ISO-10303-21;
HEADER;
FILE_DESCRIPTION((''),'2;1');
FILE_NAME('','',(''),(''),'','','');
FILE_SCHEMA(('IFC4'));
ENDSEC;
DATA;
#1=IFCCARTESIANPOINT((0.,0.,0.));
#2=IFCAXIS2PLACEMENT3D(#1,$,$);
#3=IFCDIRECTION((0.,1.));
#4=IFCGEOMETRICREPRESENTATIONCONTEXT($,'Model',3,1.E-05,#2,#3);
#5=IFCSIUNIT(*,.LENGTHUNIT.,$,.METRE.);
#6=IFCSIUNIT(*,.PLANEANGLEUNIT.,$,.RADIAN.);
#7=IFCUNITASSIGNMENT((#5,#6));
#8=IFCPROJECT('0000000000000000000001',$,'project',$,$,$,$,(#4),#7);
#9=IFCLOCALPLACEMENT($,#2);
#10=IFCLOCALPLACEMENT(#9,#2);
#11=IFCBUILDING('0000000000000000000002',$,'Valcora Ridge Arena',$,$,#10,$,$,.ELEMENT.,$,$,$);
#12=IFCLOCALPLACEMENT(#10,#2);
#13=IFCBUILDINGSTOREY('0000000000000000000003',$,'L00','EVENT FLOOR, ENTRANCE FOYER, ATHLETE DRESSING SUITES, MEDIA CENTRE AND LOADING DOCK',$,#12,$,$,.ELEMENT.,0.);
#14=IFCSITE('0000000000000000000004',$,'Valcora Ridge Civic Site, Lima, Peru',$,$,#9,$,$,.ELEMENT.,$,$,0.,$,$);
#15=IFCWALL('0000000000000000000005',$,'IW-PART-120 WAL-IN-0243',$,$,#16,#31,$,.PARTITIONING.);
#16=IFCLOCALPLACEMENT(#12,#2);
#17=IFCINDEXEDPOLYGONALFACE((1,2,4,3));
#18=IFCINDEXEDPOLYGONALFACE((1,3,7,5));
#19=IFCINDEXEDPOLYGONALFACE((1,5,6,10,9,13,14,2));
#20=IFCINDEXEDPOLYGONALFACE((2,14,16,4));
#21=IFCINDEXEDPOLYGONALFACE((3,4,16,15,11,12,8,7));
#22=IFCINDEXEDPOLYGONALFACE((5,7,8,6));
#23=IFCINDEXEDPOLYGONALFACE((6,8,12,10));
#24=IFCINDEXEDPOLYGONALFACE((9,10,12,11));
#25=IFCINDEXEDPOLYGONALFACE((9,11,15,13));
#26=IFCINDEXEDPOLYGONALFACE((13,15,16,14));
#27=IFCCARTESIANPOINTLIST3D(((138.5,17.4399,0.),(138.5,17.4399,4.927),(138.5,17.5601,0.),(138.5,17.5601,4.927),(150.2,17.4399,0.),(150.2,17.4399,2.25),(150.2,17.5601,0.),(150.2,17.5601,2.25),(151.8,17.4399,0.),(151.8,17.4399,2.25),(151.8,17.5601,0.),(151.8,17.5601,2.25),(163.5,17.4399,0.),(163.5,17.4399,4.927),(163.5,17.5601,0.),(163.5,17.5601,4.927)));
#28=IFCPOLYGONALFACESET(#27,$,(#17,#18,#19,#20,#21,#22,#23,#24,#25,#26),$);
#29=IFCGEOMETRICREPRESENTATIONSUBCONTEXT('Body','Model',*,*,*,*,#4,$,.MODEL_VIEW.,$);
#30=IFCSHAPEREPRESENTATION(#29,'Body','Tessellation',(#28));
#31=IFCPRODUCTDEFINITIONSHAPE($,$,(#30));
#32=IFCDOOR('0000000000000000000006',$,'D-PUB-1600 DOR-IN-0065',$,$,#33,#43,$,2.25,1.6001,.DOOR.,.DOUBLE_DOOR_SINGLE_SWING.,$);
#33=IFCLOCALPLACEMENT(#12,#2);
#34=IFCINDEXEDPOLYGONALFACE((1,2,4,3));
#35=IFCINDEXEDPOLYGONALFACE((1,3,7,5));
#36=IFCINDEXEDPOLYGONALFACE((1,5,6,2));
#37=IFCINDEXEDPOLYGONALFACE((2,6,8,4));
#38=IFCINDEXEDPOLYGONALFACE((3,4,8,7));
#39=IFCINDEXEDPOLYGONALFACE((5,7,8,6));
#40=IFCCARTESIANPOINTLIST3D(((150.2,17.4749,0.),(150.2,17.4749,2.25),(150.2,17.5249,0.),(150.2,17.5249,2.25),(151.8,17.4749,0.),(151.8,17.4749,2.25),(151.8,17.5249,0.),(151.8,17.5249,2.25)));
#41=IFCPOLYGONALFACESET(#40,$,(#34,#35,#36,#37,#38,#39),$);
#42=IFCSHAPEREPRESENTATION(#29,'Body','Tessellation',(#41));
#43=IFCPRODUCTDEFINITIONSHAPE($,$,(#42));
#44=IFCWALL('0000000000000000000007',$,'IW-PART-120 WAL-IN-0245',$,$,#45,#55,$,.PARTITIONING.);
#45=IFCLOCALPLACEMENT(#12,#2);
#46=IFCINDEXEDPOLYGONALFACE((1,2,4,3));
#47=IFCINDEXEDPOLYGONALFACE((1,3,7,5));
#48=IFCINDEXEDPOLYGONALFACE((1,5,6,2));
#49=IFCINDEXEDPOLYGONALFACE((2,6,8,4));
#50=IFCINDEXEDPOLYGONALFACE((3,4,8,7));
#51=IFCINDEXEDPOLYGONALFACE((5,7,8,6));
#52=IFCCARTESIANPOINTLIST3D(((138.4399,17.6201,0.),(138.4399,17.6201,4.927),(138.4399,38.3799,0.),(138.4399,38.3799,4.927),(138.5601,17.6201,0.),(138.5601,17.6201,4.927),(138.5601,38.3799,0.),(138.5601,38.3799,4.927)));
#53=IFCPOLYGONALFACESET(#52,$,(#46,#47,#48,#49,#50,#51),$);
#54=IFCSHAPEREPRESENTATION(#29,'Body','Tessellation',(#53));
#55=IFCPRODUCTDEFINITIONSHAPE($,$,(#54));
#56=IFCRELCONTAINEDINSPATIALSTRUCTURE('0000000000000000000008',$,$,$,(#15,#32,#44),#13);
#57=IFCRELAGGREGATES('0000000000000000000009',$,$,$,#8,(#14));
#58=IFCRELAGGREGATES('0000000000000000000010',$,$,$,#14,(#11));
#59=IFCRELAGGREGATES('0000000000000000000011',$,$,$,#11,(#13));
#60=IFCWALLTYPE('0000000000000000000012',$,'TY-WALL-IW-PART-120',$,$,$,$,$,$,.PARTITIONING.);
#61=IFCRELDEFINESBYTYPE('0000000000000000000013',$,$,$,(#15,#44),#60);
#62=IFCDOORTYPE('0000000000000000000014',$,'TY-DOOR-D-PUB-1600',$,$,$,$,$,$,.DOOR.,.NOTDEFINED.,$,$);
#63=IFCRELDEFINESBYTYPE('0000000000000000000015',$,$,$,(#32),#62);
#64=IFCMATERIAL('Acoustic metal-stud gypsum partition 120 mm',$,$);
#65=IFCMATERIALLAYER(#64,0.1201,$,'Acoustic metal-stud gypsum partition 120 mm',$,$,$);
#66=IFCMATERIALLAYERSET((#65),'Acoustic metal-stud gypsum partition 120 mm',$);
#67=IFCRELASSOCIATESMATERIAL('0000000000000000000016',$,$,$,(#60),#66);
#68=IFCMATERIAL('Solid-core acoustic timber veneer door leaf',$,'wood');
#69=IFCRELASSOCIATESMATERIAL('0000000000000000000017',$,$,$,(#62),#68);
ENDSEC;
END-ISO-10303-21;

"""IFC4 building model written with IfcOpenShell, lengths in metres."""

from ifc_helpers import new_model, si_unit, direction, frame, frame_2d, origin, place, context, subcontext, project, spatial, rectangle, extrude, material, layer, layer_set, type_object, element, fill, save


model = new_model("IFC4")

# Units and contexts
model_context = context("Model", 3, precision=1e-05, world=origin(), true_north=direction((0.0, 1.0)))
body_context = subcontext(model_context, "Body", "Model", "MODEL_VIEW")
ifc_project = project(units=[si_unit("LENGTHUNIT", "METRE"), si_unit("PLANEANGLEUNIT", "RADIAN")], contexts=[model_context])

# Site, building, storey
site_placement = place(None, origin())
site = spatial("IfcSite", under=ifc_project, at=site_placement, Name="Valcora Ridge Civic Site, Lima, Peru", CompositionType="ELEMENT", RefElevation=0.0)
building_placement = place(site_placement, origin())
building = spatial("IfcBuilding", under=site, at=building_placement, Name="Valcora Ridge Arena", CompositionType="ELEMENT")
storey_placement = place(building_placement, origin())
storey = spatial("IfcBuildingStorey", under=building, at=storey_placement, Name="L00", Description="EVENT FLOOR, ENTRANCE FOYER, ATHLETE DRESSING SUITES, MEDIA CENTRE AND LOADING DOCK", CompositionType="ELEMENT", Elevation=0.0)

# Wall, opening, door
ifc_material_1 = material(Name="Acoustic metal-stud gypsum partition 120 mm")
ifc_layer_1 = layer(ifc_material_1, 0.1201, Name="Acoustic metal-stud gypsum partition 120 mm")
ifc_layer_set_1 = layer_set([ifc_layer_1], Name="Acoustic metal-stud gypsum partition 120 mm")
wall_type = type_object("IfcWallType", Name="TY-WALL-IW-PART-120", PredefinedType="PARTITIONING", material=ifc_layer_set_1)
wall_1_placement = place(storey_placement, frame((138.5, 17.5, 0.0), z_axis=(0.0, 0.0, 1.0), x_axis=(1.0, 0.0, 0.0)))
wall_1 = element("IfcWall", 1, at=wall_1_placement, inside=storey, type_object=wall_type, Name="IW-PART-120 WAL-IN-0243", PredefinedType="PARTITIONING", context=body_context, shape_type="SweptSolid", body=[
    extrude(rectangle(XDim=25.0, YDim=0.1201, at=frame_2d((12.5, 0.0))), origin(), (0.0, 0.0, 1.0), 4.927),
])
opening_placement = place(wall_1_placement, frame((11.7, 0.0, 0.0)))
opening = element("IfcOpeningElement", 2, at=opening_placement, cuts=wall_1, PredefinedType="OPENING", context=body_context, shape_type="SweptSolid", body=[
    extrude(rectangle(XDim=1.6001, YDim=2.25, at=frame_2d((0.8, 1.125))), frame((0.0, 0.0701, 0.0), z_axis=(0.0, -1.0, 0.0), x_axis=(1.0, 0.0, 0.0)), (0.0, 0.0, 1.0), 0.1401),
])
ifc_material_2 = material(Name="Solid-core acoustic timber veneer door leaf", Category="wood")
door_type = type_object("IfcDoorType", Name="TY-DOOR-D-PUB-1600", OperationType="NOTDEFINED", PredefinedType="DOOR", material=ifc_material_2)
door_placement = place(opening_placement, origin())
door = element("IfcDoor", 3, at=door_placement, inside=storey, type_object=door_type, Name="D-PUB-1600 DOR-IN-0065", OperationType="DOUBLE_DOOR_SINGLE_SWING", OverallHeight=2.25, OverallWidth=1.6001, PredefinedType="DOOR", context=body_context, shape_type="SweptSolid", body=[
    extrude(rectangle(XDim=1.6001, YDim=2.25, at=frame_2d((0.8, 1.125))), frame((0.0, 0.0249, 0.0), z_axis=(0.0, -1.0, 0.0), x_axis=(1.0, 0.0, 0.0)), (0.0, 0.0, 1.0), 0.05),
])
fill(opening, door)

# Wall
wall_2_placement = place(storey_placement, frame((138.5, 17.6201, 0.0), z_axis=(0.0, 0.0, 1.0), x_axis=(0.0, 1.0, 0.0)))
element("IfcWall", 4, at=wall_2_placement, inside=storey, type_object=wall_type, Name="IW-PART-120 WAL-IN-0245", PredefinedType="PARTITIONING", context=body_context, shape_type="SweptSolid", body=[
    extrude(rectangle(XDim=20.7598, YDim=0.1201, at=frame_2d((10.3799, 0.0))), origin(), (0.0, 0.0, 1.0), 4.927),
])

save(model, "model.ifc")
